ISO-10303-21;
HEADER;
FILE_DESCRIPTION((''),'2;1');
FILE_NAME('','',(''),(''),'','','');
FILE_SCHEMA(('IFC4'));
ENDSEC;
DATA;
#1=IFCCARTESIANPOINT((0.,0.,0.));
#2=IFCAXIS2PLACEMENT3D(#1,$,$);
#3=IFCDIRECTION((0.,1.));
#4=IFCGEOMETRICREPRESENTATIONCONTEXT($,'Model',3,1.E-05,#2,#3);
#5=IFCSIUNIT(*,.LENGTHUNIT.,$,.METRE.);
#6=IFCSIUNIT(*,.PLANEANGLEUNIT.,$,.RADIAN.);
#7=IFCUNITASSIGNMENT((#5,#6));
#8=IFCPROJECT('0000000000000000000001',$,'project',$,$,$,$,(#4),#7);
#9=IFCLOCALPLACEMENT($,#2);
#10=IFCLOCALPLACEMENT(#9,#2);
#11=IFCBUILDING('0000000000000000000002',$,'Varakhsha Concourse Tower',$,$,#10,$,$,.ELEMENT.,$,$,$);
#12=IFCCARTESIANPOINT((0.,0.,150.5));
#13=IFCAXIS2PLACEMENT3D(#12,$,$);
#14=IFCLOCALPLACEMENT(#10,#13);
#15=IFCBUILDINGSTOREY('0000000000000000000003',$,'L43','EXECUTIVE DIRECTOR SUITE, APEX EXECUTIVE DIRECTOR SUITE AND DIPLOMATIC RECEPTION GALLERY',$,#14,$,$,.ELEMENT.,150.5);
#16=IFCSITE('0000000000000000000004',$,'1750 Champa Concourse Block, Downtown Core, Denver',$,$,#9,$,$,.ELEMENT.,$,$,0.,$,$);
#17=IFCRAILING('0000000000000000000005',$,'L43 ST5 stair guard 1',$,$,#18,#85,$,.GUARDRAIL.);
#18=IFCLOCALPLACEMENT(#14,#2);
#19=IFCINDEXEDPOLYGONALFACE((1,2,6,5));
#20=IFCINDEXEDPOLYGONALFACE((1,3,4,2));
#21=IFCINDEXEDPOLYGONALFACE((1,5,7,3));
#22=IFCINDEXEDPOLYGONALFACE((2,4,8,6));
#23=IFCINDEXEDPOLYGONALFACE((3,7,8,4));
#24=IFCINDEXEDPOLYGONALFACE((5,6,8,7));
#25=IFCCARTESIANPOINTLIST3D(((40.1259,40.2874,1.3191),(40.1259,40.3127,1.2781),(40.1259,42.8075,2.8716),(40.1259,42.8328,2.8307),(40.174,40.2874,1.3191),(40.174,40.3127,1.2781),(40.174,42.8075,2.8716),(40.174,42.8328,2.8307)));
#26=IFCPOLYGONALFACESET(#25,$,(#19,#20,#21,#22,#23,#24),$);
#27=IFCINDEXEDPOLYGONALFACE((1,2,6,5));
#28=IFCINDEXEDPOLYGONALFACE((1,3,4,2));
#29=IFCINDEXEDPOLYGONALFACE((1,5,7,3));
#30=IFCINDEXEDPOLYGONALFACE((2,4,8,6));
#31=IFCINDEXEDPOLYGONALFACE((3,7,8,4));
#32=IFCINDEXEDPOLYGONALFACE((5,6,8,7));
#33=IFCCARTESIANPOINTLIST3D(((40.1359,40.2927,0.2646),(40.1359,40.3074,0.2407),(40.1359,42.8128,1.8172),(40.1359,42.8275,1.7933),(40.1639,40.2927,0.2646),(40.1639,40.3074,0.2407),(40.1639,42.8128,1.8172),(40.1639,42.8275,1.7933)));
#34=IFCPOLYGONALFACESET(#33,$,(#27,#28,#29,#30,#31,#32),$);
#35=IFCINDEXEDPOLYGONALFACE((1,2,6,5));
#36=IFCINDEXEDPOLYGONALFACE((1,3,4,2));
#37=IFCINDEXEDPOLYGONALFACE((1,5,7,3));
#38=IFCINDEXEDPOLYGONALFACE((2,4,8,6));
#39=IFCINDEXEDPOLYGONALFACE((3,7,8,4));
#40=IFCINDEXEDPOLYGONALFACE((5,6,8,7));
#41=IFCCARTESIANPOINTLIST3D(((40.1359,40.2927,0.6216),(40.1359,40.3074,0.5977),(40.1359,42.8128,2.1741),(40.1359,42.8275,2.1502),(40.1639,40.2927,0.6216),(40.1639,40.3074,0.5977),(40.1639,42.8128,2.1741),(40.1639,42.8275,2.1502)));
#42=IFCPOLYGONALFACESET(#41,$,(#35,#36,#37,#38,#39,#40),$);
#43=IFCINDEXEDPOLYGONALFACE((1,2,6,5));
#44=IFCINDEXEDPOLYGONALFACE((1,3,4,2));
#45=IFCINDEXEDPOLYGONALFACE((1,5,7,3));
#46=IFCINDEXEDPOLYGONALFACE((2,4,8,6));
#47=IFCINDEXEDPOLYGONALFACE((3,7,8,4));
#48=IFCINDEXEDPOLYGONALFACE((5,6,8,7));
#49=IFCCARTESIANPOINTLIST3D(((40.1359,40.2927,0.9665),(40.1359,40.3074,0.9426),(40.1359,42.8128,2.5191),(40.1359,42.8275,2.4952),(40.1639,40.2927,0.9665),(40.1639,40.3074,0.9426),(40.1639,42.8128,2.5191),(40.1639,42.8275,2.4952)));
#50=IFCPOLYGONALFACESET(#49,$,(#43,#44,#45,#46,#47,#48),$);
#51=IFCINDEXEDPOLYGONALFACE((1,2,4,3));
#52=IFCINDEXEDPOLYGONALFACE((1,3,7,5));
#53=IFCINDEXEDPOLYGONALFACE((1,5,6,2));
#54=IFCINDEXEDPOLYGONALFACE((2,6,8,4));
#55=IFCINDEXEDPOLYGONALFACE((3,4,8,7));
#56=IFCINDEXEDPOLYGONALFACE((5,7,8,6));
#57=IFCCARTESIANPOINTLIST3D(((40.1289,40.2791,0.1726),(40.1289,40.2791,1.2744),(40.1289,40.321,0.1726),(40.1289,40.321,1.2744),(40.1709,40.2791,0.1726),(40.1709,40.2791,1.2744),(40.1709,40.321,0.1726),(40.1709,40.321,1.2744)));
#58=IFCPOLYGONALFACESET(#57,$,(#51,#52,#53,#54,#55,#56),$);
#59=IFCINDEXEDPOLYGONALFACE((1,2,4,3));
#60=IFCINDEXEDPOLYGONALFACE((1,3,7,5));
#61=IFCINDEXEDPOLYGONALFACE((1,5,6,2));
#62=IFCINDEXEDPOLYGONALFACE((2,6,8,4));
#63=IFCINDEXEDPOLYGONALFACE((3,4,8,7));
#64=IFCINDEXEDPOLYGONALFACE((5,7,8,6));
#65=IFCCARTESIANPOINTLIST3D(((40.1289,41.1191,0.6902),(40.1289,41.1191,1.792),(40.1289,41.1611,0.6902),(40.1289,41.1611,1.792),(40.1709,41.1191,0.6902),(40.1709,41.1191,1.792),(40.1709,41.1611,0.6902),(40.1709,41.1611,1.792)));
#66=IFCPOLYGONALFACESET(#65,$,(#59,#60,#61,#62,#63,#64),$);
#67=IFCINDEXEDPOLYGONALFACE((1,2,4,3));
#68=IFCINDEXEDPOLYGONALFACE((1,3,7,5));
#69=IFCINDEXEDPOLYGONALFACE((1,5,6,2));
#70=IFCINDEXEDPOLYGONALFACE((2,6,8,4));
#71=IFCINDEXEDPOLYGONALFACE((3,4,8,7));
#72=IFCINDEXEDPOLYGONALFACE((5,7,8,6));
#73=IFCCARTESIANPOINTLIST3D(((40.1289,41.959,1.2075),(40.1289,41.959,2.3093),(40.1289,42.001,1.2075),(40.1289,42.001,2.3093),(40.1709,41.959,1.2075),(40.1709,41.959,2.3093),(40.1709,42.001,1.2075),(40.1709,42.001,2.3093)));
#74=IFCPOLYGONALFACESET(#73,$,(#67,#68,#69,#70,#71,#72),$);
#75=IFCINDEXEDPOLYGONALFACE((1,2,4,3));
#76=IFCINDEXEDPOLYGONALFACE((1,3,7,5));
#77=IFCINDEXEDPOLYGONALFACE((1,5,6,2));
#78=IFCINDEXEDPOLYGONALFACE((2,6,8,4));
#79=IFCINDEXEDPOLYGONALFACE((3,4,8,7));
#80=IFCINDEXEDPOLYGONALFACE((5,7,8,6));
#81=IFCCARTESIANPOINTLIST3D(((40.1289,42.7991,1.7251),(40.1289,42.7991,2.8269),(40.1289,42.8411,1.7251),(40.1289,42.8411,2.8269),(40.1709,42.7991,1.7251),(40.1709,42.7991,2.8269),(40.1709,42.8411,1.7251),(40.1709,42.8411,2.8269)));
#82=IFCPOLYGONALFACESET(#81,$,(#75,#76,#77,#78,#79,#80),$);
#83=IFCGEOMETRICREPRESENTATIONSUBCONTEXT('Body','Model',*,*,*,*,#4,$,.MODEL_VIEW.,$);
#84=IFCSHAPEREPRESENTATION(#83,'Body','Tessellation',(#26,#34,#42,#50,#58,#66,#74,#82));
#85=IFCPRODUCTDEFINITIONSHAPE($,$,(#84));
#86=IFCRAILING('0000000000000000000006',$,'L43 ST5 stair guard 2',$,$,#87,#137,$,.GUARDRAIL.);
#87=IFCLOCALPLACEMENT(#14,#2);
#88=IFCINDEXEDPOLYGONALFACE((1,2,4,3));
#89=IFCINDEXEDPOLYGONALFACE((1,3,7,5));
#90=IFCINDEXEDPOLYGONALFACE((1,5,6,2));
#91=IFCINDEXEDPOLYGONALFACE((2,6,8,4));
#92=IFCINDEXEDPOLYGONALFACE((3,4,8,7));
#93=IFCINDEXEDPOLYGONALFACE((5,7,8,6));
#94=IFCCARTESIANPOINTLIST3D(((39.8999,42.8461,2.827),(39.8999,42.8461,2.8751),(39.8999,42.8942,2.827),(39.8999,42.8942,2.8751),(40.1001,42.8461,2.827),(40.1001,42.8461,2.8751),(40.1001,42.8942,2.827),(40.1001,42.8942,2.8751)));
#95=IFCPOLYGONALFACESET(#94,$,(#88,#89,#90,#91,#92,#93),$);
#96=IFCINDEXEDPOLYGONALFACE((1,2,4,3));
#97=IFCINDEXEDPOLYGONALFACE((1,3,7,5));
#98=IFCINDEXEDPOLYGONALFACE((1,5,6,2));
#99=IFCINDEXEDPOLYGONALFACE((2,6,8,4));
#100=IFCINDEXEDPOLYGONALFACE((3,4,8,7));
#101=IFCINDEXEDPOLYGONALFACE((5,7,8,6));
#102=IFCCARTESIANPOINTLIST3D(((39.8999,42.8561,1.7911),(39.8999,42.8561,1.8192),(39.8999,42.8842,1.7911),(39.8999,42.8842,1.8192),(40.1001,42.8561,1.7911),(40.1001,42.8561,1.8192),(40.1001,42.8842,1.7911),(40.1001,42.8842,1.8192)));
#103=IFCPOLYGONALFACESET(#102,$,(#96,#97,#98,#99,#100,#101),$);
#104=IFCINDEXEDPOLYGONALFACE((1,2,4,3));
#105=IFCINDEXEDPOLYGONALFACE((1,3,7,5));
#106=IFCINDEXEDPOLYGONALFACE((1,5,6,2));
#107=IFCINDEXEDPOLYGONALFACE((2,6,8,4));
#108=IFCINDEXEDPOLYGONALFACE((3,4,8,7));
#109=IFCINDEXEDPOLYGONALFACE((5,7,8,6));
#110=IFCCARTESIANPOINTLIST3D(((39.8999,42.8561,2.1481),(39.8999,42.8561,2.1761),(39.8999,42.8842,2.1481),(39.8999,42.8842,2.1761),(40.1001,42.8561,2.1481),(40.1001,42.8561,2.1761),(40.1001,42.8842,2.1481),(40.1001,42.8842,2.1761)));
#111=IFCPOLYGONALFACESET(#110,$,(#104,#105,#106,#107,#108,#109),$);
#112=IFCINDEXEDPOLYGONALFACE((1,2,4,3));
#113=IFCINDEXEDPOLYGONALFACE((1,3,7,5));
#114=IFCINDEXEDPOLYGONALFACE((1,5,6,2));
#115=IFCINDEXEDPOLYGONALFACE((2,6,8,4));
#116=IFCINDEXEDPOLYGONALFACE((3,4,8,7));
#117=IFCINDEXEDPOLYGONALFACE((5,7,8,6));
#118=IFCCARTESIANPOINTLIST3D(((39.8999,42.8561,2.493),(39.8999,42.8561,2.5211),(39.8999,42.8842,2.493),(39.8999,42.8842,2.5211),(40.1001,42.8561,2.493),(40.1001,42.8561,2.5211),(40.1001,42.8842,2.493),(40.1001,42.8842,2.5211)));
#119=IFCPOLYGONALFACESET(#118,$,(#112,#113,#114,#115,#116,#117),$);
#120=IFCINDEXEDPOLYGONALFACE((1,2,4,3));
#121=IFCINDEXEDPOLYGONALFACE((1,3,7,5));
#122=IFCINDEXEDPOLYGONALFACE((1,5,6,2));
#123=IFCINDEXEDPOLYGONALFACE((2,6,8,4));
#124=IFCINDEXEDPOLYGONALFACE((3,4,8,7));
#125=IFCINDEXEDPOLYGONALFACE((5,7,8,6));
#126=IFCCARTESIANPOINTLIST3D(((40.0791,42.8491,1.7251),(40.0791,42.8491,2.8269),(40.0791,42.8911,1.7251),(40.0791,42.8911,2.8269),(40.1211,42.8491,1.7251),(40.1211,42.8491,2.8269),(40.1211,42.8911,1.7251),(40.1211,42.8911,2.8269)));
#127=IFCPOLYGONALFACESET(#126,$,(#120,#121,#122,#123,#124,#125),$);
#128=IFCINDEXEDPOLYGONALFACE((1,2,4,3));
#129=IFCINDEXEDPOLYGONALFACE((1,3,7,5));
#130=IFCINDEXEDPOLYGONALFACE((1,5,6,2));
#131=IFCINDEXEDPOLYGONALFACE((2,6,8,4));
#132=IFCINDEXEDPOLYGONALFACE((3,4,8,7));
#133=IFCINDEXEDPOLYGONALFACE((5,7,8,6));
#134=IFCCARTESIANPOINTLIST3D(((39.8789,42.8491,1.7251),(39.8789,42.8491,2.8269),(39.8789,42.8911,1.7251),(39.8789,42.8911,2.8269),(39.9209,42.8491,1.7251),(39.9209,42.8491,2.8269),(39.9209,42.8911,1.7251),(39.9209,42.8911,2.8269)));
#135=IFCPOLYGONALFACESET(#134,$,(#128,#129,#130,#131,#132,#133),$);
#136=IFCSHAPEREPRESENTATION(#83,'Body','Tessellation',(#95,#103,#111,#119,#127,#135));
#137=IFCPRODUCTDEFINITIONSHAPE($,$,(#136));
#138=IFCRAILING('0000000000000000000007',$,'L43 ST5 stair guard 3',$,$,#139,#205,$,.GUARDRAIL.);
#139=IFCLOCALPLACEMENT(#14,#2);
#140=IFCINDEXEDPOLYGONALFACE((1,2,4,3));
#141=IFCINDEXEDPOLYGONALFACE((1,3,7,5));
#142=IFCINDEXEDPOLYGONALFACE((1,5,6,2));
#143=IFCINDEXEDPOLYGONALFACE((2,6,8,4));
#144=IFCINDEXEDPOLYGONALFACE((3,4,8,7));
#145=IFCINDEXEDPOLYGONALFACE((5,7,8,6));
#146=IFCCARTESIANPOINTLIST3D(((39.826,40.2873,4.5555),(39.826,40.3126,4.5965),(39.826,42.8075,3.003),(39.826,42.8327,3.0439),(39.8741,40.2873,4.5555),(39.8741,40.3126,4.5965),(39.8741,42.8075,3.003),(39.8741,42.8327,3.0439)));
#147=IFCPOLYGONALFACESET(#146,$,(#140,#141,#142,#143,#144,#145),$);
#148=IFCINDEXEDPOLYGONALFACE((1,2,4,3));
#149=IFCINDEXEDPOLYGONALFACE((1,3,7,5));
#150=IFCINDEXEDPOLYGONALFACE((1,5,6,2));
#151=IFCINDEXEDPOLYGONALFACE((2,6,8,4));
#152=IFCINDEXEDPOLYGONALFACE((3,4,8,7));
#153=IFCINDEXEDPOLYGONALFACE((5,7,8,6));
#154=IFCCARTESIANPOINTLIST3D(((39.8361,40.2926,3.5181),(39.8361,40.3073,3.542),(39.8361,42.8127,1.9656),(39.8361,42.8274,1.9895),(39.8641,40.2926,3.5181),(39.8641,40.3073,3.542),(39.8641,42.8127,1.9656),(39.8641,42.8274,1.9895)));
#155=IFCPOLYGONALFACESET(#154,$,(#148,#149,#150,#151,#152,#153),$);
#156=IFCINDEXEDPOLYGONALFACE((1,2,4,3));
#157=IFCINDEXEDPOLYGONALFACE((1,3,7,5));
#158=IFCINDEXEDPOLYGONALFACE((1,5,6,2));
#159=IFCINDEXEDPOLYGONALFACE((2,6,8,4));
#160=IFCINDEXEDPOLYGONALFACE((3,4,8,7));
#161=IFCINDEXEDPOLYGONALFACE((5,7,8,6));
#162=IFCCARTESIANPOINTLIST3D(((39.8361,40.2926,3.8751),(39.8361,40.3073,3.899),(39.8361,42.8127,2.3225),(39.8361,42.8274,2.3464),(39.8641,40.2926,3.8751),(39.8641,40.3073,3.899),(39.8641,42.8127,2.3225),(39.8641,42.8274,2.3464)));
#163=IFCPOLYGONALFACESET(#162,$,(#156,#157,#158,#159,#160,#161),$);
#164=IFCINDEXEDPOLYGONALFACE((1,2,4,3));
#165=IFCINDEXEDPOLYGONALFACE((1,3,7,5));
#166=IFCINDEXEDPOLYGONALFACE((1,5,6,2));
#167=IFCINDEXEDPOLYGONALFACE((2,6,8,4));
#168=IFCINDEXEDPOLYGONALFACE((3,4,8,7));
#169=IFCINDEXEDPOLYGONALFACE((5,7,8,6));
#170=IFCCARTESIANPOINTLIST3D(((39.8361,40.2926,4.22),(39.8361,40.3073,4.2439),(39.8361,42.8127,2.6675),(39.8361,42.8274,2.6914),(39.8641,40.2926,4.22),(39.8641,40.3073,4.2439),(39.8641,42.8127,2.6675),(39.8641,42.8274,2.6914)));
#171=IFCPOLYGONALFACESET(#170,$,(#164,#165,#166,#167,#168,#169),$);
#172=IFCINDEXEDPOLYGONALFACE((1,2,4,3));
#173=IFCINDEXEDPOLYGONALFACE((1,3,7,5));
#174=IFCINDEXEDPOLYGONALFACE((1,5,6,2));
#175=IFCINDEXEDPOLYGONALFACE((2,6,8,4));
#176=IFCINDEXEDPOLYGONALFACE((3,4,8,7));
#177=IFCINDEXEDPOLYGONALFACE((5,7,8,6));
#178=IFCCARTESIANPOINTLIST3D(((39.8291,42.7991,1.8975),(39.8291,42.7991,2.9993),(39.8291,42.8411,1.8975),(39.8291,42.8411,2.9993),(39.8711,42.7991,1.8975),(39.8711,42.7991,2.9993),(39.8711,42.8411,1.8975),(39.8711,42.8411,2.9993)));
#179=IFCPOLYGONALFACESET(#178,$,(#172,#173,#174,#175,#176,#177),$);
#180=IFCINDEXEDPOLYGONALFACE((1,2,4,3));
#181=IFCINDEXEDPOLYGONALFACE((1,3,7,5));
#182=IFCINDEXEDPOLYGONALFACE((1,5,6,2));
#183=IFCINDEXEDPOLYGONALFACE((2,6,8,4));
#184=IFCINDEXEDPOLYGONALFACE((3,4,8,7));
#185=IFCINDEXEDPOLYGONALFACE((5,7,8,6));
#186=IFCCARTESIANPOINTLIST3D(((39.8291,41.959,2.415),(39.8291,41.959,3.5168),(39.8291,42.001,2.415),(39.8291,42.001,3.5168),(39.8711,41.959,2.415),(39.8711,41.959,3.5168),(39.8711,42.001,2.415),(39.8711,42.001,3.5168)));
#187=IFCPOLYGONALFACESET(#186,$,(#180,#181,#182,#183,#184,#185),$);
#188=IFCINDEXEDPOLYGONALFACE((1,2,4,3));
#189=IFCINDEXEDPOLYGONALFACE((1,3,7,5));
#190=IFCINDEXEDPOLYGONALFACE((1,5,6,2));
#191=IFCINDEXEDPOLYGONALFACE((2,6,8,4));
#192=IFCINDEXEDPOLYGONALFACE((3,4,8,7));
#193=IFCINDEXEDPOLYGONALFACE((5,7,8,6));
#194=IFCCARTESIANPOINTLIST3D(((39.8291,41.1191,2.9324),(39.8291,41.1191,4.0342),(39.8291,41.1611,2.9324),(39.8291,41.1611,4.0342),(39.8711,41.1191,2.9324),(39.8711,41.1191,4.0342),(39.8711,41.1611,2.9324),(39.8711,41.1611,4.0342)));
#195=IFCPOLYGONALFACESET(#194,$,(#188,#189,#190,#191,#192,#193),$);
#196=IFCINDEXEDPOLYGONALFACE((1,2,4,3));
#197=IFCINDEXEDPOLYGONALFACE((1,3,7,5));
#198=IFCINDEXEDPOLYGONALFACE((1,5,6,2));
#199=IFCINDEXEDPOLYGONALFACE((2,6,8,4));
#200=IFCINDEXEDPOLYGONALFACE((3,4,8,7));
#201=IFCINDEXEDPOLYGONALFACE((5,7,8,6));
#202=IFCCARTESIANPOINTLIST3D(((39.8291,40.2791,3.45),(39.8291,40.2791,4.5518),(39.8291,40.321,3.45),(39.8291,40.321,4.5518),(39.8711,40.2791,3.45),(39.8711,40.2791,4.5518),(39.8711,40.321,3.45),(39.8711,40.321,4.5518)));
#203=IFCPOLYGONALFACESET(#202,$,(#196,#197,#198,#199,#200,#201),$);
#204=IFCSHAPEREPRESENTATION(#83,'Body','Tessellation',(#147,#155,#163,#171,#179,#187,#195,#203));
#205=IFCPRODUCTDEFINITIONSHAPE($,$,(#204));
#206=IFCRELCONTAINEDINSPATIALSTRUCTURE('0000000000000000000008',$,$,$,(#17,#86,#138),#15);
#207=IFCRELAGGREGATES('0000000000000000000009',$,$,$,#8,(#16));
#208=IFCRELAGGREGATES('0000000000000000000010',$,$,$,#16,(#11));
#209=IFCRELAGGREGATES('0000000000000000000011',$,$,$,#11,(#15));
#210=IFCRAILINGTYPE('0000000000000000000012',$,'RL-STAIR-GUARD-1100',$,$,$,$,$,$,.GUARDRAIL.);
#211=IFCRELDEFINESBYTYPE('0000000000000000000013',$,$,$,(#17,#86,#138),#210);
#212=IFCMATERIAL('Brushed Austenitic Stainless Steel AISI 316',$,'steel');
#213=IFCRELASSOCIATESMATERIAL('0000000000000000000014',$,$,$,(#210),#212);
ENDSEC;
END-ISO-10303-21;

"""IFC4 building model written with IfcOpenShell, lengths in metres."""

from ifc_helpers import new_model, si_unit, direction, frame, origin, origin_2d, place, context, subcontext, project, spatial, rectangle, extrude, material, type_object, element, save


model = new_model("IFC4")

# Units and contexts
model_context = context("Model", 3, precision=1e-05, world=origin(), true_north=direction((0.0, 1.0)))
body_context = subcontext(model_context, "Body", "Model", "MODEL_VIEW")
ifc_project = project(units=[si_unit("LENGTHUNIT", "METRE"), si_unit("PLANEANGLEUNIT", "RADIAN")], contexts=[model_context])

# Site, building, storey
site_placement = place(None, origin())
site = spatial("IfcSite", under=ifc_project, at=site_placement, Name="1750 Champa Concourse Block, Downtown Core, Denver", CompositionType="ELEMENT", RefElevation=0.0)
building_placement = place(site_placement, origin())
building = spatial("IfcBuilding", under=site, at=building_placement, Name="Varakhsha Concourse Tower", CompositionType="ELEMENT")
storey_placement = place(building_placement, frame((0.0, 0.0, 150.5)))
storey = spatial("IfcBuildingStorey", under=building, at=storey_placement, Name="L43", Description="EXECUTIVE DIRECTOR SUITE, APEX EXECUTIVE DIRECTOR SUITE AND DIPLOMATIC RECEPTION GALLERY", CompositionType="ELEMENT", Elevation=150.5)

# Railings
ifc_material_1 = material(Name="Brushed Austenitic Stainless Steel AISI 316", Category="steel")
railing_type_1 = type_object("IfcRailingType", Name="RL-STAIR-GUARD-1100", PredefinedType="GUARDRAIL", material=ifc_material_1)
railing_1_placement = place(storey_placement, frame((40.1499, 40.3, 0.1726)))
element("IfcRailing", 1, at=railing_1_placement, inside=storey, type_object=railing_type_1, Name="L43 ST5 stair guard 1", PredefinedType="GUARDRAIL", context=body_context, shape_type="SweptSolid", body=[
    extrude(rectangle(XDim=0.0481, YDim=0.0481, at=origin_2d()), frame((0.0, 0.0, 1.126), z_axis=(0.0, 0.8514, 0.524516), x_axis=(-1.0, 0.0, 0.0)), (0.0, 0.0, 1.0), 2.96),
    extrude(rectangle(XDim=0.0281, YDim=0.0281, at=origin_2d()), frame((0.0, 0.0, 0.0801), z_axis=(0.0, 0.8514, 0.524516), x_axis=(-1.0, 0.0, 0.0)), (0.0, 0.0, 1.0), 2.96),
    extrude(rectangle(XDim=0.0281, YDim=0.0281, at=origin_2d()), frame((0.0, 0.0, 0.437), z_axis=(0.0, 0.8514, 0.524516), x_axis=(-1.0, 0.0, 0.0)), (0.0, 0.0, 1.0), 2.96),
    extrude(rectangle(XDim=0.0281, YDim=0.0281, at=origin_2d()), frame((0.0, 0.0, 0.782), z_axis=(0.0, 0.8514, 0.524516), x_axis=(-1.0, 0.0, 0.0)), (0.0, 0.0, 1.0), 2.96),
    extrude(rectangle(XDim=0.042, YDim=0.042, at=origin_2d()), origin(), (0.0, 0.0, 1.0), 1.1018),
    extrude(rectangle(XDim=0.042, YDim=0.042, at=origin_2d()), frame((0.0, 0.8401, 0.5176)), (0.0, 0.0, 1.0), 1.1018),
    extrude(rectangle(XDim=0.042, YDim=0.042, at=origin_2d()), frame((0.0, 1.6799, 1.0349)), (0.0, 0.0, 1.0), 1.1018),
    extrude(rectangle(XDim=0.042, YDim=0.042, at=origin_2d()), frame((0.0, 2.52, 1.5525)), (0.0, 0.0, 1.0), 1.1018),
])
railing_2_placement = place(storey_placement, frame((40.1001, 42.8701, 1.7251)))
element("IfcRailing", 2, at=railing_2_placement, inside=storey, type_object=railing_type_1, Name="L43 ST5 stair guard 2", PredefinedType="GUARDRAIL", context=body_context, shape_type="SweptSolid", body=[
    extrude(rectangle(XDim=0.0481, YDim=0.0481, at=origin_2d()), frame((0.0, 0.0, 1.126), z_axis=(-1.0, 0.0, 0.0), x_axis=(0.0, -1.0, 0.0)), (0.0, 0.0, 1.0), 0.2002),
    extrude(rectangle(XDim=0.0281, YDim=0.0281, at=origin_2d()), frame((0.0, 0.0, 0.0801), z_axis=(-1.0, 0.0, 0.0), x_axis=(0.0, -1.0, 0.0)), (0.0, 0.0, 1.0), 0.2002),
    extrude(rectangle(XDim=0.0281, YDim=0.0281, at=origin_2d()), frame((0.0, 0.0, 0.437), z_axis=(-1.0, 0.0, 0.0), x_axis=(0.0, -1.0, 0.0)), (0.0, 0.0, 1.0), 0.2002),
    extrude(rectangle(XDim=0.0281, YDim=0.0281, at=origin_2d()), frame((0.0, 0.0, 0.782), z_axis=(-1.0, 0.0, 0.0), x_axis=(0.0, -1.0, 0.0)), (0.0, 0.0, 1.0), 0.2002),
    extrude(rectangle(XDim=0.042, YDim=0.042, at=origin_2d()), origin(), (0.0, 0.0, 1.0), 1.1018),
    extrude(rectangle(XDim=0.042, YDim=0.042, at=origin_2d()), frame((-0.2002, 0.0, 0.0)), (0.0, 0.0, 1.0), 1.1018),
])
railing_3_placement = place(storey_placement, frame((39.8501, 42.8201, 1.8975)))
element("IfcRailing", 3, at=railing_3_placement, inside=storey, type_object=railing_type_1, Name="L43 ST5 stair guard 3", PredefinedType="GUARDRAIL", context=body_context, shape_type="SweptSolid", body=[
    extrude(rectangle(XDim=0.0481, YDim=0.0481, at=origin_2d()), frame((0.0, 0.0, 1.126), z_axis=(0.0, -0.8514, 0.524516), x_axis=(1.0, 0.0, 0.0)), (0.0, 0.0, 1.0), 2.96),
    extrude(rectangle(XDim=0.0281, YDim=0.0281, at=origin_2d()), frame((0.0, 0.0, 0.0801), z_axis=(0.0, -0.8514, 0.524516), x_axis=(1.0, 0.0, 0.0)), (0.0, 0.0, 1.0), 2.96),
    extrude(rectangle(XDim=0.0281, YDim=0.0281, at=origin_2d()), frame((0.0, 0.0, 0.437), z_axis=(0.0, -0.8514, 0.524516), x_axis=(1.0, 0.0, 0.0)), (0.0, 0.0, 1.0), 2.96),
    extrude(rectangle(XDim=0.0281, YDim=0.0281, at=origin_2d()), frame((0.0, 0.0, 0.782), z_axis=(0.0, -0.8514, 0.524516), x_axis=(1.0, 0.0, 0.0)), (0.0, 0.0, 1.0), 2.96),
    extrude(rectangle(XDim=0.042, YDim=0.042, at=origin_2d()), origin(), (0.0, 0.0, 1.0), 1.1018),
    extrude(rectangle(XDim=0.042, YDim=0.042, at=origin_2d()), frame((0.0, -0.8401, 0.5176)), (0.0, 0.0, 1.0), 1.1018),
    extrude(rectangle(XDim=0.042, YDim=0.042, at=origin_2d()), frame((0.0, -1.6799, 1.0349)), (0.0, 0.0, 1.0), 1.1018),
    extrude(rectangle(XDim=0.042, YDim=0.042, at=origin_2d()), frame((0.0, -2.52, 1.5525)), (0.0, 0.0, 1.0), 1.1018),
])

save(model, "model.ifc")
